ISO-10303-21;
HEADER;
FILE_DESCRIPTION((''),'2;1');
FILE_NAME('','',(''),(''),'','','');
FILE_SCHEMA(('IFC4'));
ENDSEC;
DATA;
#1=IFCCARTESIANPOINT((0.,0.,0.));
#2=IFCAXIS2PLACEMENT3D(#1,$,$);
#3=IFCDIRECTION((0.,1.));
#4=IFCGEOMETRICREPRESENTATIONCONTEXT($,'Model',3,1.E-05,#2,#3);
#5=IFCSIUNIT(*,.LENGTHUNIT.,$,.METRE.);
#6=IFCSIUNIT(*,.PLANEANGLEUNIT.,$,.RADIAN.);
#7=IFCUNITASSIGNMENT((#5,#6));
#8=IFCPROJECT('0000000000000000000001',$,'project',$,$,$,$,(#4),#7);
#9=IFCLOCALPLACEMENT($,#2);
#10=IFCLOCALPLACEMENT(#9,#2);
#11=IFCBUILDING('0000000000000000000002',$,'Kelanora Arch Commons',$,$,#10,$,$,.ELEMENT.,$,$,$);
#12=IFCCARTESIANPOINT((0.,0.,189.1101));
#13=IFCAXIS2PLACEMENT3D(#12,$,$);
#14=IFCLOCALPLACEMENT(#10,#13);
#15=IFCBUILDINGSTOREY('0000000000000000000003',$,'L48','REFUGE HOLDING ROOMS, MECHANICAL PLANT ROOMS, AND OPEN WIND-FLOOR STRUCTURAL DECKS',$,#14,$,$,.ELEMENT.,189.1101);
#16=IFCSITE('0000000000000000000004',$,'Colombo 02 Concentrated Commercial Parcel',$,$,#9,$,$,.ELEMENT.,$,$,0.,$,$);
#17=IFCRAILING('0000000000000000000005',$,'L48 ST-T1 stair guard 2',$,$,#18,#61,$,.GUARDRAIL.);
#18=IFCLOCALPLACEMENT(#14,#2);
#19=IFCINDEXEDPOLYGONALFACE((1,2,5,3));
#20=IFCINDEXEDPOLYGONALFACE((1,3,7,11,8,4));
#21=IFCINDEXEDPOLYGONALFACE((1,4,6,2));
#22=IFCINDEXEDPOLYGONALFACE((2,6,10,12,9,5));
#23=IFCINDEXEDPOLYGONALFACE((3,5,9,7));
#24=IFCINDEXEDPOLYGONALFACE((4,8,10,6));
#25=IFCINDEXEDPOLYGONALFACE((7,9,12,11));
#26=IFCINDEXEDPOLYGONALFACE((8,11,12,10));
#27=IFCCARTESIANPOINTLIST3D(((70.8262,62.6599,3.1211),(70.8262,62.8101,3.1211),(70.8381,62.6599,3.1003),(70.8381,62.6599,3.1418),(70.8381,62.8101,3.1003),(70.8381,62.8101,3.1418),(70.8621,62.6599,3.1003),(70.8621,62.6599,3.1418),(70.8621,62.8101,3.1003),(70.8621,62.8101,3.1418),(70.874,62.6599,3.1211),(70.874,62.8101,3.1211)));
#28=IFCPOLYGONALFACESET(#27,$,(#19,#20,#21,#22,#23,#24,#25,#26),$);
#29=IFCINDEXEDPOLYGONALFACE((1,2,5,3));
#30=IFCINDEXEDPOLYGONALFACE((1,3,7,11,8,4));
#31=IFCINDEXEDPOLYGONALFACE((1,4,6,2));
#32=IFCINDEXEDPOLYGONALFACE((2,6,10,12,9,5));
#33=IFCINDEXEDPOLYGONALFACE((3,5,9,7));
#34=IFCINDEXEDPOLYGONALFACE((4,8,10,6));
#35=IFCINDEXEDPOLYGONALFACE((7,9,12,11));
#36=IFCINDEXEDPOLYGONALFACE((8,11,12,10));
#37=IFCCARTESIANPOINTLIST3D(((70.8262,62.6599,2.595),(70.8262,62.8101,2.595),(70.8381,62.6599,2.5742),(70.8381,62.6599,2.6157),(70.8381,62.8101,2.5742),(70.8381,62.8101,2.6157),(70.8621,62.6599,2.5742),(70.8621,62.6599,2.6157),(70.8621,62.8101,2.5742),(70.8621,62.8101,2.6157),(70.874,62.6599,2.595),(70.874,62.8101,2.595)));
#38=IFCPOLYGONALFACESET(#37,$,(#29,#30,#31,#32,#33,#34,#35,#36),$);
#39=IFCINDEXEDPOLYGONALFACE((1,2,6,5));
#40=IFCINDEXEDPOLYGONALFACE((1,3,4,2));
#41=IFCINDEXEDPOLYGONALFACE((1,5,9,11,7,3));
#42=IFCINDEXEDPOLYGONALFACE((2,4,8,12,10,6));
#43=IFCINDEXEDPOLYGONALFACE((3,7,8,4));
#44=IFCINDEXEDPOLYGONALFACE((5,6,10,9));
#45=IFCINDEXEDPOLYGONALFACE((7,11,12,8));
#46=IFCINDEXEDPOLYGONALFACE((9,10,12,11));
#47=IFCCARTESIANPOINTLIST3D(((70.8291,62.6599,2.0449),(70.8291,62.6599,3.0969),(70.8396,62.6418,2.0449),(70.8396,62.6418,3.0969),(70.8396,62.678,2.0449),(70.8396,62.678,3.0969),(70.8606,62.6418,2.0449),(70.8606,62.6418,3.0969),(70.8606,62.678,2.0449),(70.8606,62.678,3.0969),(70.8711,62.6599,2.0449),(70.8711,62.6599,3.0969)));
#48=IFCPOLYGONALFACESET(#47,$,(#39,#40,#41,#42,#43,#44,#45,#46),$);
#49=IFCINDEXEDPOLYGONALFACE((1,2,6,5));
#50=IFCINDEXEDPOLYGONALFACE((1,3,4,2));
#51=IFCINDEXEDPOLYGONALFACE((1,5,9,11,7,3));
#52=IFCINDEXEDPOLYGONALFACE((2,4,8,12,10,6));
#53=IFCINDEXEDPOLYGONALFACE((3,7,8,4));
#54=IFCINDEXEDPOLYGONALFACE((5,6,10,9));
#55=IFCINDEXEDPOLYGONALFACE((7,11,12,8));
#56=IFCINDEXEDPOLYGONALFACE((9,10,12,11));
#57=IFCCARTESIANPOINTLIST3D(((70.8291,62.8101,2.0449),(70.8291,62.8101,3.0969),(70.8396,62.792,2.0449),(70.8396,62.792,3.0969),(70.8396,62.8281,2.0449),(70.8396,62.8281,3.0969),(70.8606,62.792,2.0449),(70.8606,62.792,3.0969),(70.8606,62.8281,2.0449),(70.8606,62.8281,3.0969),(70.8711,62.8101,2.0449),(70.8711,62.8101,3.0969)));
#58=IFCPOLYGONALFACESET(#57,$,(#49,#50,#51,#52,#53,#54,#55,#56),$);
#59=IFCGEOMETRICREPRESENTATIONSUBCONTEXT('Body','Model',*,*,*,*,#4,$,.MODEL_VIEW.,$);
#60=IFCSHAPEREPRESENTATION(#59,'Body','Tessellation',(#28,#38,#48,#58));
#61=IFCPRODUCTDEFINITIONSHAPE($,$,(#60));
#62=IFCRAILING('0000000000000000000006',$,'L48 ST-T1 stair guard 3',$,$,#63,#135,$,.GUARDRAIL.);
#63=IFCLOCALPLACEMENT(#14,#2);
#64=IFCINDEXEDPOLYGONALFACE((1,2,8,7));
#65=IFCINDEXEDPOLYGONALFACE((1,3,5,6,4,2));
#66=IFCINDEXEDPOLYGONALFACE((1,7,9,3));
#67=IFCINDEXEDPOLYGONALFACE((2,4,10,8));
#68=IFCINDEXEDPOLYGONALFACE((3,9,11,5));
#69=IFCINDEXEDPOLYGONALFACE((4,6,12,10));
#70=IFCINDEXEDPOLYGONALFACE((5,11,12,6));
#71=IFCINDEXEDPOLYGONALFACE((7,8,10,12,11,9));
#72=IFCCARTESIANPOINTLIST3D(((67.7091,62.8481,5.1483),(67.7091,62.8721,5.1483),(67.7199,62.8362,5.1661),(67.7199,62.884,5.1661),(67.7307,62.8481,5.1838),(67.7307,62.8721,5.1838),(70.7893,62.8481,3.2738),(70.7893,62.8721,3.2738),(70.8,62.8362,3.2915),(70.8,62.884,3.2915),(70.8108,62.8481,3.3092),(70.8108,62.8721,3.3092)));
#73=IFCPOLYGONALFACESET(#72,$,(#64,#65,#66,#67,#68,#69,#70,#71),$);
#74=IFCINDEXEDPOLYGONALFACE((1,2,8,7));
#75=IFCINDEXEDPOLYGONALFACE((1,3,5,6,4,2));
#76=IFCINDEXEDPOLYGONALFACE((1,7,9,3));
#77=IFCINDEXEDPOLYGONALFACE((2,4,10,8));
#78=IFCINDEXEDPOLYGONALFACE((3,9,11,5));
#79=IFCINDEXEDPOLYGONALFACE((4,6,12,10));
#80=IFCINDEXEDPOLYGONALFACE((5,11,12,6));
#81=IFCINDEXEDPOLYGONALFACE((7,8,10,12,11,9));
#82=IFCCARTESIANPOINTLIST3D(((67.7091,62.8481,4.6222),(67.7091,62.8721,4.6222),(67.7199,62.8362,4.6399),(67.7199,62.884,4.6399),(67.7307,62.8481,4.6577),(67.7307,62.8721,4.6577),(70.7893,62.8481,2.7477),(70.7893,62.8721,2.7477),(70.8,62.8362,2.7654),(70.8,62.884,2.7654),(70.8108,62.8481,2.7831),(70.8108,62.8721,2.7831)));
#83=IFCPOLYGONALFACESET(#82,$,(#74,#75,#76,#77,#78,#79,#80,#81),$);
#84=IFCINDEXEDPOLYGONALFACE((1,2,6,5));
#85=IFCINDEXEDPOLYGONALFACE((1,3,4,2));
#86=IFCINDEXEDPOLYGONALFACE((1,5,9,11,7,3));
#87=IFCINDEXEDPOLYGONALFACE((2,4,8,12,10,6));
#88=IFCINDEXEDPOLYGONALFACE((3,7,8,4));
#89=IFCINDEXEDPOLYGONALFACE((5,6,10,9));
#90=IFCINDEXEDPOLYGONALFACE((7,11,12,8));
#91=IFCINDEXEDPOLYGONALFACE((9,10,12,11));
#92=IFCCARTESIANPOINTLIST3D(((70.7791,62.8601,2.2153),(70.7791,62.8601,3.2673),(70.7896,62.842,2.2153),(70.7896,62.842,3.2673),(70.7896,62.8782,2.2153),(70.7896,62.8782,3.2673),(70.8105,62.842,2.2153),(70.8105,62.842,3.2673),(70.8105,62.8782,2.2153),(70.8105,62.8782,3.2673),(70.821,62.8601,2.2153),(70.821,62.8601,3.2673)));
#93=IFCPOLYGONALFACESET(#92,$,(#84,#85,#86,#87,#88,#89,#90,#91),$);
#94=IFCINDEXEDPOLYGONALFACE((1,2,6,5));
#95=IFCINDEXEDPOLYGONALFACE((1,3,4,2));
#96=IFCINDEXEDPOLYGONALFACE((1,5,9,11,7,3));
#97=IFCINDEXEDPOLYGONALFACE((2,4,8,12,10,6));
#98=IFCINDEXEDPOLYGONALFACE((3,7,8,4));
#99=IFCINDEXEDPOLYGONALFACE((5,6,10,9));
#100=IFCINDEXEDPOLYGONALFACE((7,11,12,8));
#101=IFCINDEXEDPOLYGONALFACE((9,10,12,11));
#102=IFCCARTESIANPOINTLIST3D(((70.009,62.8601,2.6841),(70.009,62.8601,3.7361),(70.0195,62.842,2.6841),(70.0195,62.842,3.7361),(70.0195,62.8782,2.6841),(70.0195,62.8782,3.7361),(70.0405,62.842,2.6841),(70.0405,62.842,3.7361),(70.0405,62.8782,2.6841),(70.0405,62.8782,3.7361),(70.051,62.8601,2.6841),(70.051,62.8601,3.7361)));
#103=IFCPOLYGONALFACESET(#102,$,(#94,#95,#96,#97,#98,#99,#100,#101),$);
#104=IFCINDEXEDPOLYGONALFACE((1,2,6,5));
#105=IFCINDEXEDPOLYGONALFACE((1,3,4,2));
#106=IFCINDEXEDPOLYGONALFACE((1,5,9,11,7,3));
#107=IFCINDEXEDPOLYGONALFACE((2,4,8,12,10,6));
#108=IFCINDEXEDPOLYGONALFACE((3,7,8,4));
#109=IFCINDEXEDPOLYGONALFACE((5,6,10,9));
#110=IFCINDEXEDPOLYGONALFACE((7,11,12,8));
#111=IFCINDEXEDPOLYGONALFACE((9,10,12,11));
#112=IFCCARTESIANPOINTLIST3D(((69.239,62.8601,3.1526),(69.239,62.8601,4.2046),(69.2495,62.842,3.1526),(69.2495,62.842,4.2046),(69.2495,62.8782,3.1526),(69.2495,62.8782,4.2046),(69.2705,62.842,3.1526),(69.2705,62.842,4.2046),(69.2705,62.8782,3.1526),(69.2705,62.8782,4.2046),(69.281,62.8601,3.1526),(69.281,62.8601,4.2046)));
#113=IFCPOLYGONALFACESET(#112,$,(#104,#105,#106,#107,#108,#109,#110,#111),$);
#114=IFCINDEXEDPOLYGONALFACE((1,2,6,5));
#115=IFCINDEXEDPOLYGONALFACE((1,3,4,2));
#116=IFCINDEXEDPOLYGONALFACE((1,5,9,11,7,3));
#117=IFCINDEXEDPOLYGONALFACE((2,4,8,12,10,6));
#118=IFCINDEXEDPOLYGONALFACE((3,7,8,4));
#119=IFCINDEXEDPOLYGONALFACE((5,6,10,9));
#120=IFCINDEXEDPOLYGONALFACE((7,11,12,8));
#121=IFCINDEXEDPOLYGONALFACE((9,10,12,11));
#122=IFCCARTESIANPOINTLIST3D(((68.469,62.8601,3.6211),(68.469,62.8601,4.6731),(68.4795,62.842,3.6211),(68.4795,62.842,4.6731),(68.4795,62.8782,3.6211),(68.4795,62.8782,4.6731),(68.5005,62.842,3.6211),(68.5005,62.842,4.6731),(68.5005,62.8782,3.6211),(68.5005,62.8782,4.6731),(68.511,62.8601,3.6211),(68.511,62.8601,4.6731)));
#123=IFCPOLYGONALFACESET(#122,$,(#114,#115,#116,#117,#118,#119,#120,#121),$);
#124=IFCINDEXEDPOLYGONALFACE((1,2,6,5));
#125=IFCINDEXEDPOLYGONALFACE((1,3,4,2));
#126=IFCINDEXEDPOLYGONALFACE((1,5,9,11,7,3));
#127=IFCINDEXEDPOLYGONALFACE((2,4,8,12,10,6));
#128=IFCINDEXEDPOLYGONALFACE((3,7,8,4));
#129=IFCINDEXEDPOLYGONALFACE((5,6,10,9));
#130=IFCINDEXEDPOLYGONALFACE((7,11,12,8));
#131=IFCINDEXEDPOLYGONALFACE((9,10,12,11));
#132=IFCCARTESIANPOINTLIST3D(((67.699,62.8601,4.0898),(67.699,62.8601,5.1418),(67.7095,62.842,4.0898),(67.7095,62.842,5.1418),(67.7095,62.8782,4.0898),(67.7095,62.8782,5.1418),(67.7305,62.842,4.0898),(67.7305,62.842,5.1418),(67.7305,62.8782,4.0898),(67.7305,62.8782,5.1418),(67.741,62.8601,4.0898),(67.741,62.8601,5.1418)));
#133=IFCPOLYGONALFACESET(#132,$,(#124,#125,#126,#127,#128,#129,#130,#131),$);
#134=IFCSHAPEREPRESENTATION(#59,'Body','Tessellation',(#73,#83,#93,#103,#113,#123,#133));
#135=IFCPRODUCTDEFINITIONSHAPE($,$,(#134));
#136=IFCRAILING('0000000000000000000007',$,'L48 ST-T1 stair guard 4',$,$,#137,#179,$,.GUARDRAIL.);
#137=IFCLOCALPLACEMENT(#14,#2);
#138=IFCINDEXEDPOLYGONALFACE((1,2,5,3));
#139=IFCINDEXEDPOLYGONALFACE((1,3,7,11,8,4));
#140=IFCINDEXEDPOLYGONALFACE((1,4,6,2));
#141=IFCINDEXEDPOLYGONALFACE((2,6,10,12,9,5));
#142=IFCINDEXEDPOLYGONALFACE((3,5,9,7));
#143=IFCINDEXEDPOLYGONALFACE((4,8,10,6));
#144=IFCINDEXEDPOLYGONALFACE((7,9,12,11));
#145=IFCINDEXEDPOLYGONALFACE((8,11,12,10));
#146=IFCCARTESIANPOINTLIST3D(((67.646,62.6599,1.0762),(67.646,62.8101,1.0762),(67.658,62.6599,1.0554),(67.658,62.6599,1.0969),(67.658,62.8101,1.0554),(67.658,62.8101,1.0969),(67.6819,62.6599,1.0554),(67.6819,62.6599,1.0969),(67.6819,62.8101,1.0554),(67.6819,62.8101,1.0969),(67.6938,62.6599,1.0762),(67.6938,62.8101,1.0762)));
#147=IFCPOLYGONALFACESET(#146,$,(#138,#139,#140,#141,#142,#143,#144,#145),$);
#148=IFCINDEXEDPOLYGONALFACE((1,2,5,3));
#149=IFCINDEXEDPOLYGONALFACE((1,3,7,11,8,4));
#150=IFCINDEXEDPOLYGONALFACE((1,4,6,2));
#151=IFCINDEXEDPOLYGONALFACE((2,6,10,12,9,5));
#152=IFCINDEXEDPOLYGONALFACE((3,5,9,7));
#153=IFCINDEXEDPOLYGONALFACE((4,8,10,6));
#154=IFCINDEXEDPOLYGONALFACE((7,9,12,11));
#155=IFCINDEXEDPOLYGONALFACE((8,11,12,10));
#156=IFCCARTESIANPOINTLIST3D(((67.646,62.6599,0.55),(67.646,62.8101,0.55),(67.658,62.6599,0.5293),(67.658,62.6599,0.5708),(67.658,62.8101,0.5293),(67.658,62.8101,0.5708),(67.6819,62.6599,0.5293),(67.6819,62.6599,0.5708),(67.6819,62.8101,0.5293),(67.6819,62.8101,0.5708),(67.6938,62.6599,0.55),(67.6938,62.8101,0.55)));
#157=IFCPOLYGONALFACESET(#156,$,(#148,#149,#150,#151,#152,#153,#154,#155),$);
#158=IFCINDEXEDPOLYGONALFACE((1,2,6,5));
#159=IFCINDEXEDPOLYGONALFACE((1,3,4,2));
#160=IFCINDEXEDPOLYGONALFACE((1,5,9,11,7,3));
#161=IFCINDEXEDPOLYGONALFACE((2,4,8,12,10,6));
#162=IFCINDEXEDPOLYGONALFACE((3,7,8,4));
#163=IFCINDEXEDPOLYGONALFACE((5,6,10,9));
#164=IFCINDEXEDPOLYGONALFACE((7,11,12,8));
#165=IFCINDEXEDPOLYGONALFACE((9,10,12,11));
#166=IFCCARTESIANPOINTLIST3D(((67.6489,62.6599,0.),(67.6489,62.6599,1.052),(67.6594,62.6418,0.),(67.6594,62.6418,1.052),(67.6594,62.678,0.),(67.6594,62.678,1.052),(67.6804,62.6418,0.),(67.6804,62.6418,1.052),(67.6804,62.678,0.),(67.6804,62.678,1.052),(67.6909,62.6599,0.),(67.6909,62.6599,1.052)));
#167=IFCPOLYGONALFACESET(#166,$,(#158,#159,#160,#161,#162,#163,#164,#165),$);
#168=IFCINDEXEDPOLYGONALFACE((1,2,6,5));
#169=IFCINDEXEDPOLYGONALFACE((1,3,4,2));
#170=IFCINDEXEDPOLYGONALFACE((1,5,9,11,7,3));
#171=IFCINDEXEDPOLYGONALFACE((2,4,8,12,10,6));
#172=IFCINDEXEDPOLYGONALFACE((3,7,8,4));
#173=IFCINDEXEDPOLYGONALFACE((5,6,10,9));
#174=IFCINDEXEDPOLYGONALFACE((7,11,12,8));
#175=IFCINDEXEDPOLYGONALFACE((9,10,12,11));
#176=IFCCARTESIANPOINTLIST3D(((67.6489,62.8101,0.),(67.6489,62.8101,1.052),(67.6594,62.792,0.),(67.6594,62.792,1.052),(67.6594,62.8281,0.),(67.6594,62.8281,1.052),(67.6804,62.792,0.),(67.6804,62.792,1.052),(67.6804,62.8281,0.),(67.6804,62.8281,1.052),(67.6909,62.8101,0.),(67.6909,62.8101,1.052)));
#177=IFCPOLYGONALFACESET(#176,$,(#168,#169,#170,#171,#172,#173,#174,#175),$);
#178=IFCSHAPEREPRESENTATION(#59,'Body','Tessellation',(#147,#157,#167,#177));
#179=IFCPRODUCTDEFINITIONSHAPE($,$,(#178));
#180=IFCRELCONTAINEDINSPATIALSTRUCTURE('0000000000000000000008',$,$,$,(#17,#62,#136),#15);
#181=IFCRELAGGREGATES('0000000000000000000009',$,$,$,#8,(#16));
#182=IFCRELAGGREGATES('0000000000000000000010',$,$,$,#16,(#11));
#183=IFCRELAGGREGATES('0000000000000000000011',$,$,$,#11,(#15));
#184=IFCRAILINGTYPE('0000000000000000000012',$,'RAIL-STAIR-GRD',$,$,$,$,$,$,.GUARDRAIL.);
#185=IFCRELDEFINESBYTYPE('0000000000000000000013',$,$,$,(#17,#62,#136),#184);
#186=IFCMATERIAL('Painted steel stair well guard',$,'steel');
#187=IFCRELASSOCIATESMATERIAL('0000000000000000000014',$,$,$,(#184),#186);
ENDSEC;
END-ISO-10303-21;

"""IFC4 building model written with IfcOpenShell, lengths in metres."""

from ifc_helpers import new_model, si_unit, direction, frame, origin, place, context, subcontext, project, spatial, polyline, outline, extrude, material, type_object, element, save


model = new_model("IFC4")

# Units and contexts
model_context = context("Model", 3, precision=1e-05, world=origin(), true_north=direction((0.0, 1.0)))
body_context = subcontext(model_context, "Body", "Model", "MODEL_VIEW")
ifc_project = project(units=[si_unit("LENGTHUNIT", "METRE"), si_unit("PLANEANGLEUNIT", "RADIAN")], contexts=[model_context])

# Site, building, storey
site_placement = place(None, origin())
site = spatial("IfcSite", under=ifc_project, at=site_placement, Name="Colombo 02 Concentrated Commercial Parcel", CompositionType="ELEMENT", RefElevation=0.0)
building_placement = place(site_placement, origin())
building = spatial("IfcBuilding", under=site, at=building_placement, Name="Kelanora Arch Commons", CompositionType="ELEMENT")
storey_placement = place(building_placement, frame((0.0, 0.0, 189.1101)))
storey = spatial("IfcBuildingStorey", under=building, at=storey_placement, Name="L48", Description="REFUGE HOLDING ROOMS, MECHANICAL PLANT ROOMS, AND OPEN WIND-FLOOR STRUCTURAL DECKS", CompositionType="ELEMENT", Elevation=189.1101)

# Railings
ifc_material_1 = material(Name="Painted steel stair well guard", Category="steel")
railing_type_1 = type_object("IfcRailingType", Name="RAIL-STAIR-GRD", PredefinedType="GUARDRAIL", material=ifc_material_1)
railing_1_placement = place(storey_placement, frame((70.8501, 62.6599, 2.0449)))
element("IfcRailing", 1, at=railing_1_placement, inside=storey, type_object=railing_type_1, Name="L48 ST-T1 stair guard 2", PredefinedType="GUARDRAIL", context=body_context, shape_type="SweptSolid", body=[
    extrude(outline(polyline([(0.0239, 0.0), (0.012, 0.0208), (-0.012, 0.0208), (-0.0239, 0.0), (-0.012, -0.0208), (0.012, -0.0208), (0.0239, 0.0)])), frame((0.0, 0.0, 1.0762), z_axis=(0.0, 1.0, 0.0), x_axis=(-1.0, 0.0, 0.0)), (0.0, 0.0, 1.0), 0.1501),
    extrude(outline(polyline([(0.0239, 0.0), (0.012, 0.0208), (-0.012, 0.0208), (-0.0239, 0.0), (-0.012, -0.0208), (0.012, -0.0208), (0.0239, 0.0)])), frame((0.0, 0.0, 0.55), z_axis=(0.0, 1.0, 0.0), x_axis=(-1.0, 0.0, 0.0)), (0.0, 0.0, 1.0), 0.1501),
    extrude(outline(polyline([(0.021, 0.0), (0.0105, 0.0181), (-0.0105, 0.0181), (-0.021, 0.0), (-0.0105, -0.0181), (0.0105, -0.0181), (0.021, 0.0)])), origin(), (0.0, 0.0, 1.0), 1.052),
    extrude(outline(polyline([(0.021, 0.0), (0.0105, 0.0181), (-0.0105, 0.0181), (-0.021, 0.0), (-0.0105, -0.0181), (0.0105, -0.0181), (0.021, 0.0)])), frame((0.0, 0.1501, 0.0)), (0.0, 0.0, 1.0), 1.052),
])
railing_2_placement = place(storey_placement, frame((70.8, 62.8601, 2.2153)))
element("IfcRailing", 2, at=railing_2_placement, inside=storey, type_object=railing_type_1, Name="L48 ST-T1 stair guard 3", PredefinedType="GUARDRAIL", context=body_context, shape_type="SweptSolid", body=[
    extrude(outline(polyline([(0.0239, 0.0), (0.012, 0.0208), (-0.012, 0.0208), (-0.0239, 0.0), (-0.012, -0.0208), (0.012, -0.0208), (0.0239, 0.0)])), frame((0.0, 0.0, 1.0762), z_axis=(-0.854238, 0.0, 0.519883), x_axis=(0.0, -1.0, 0.0)), (0.0, 0.0, 1.0), 3.6057),
    extrude(outline(polyline([(0.0239, 0.0), (0.012, 0.0208), (-0.012, 0.0208), (-0.0239, 0.0), (-0.012, -0.0208), (0.012, -0.0208), (0.0239, 0.0)])), frame((0.0, 0.0, 0.55), z_axis=(-0.854238, 0.0, 0.519883), x_axis=(0.0, -1.0, 0.0)), (0.0, 0.0, 1.0), 3.6057),
    extrude(outline(polyline([(0.021, 0.0), (0.0105, 0.0181), (-0.0105, 0.0181), (-0.021, 0.0), (-0.0105, -0.0181), (0.0105, -0.0181), (0.021, 0.0)])), origin(), (0.0, 0.0, 1.0), 1.052),
    extrude(outline(polyline([(0.021, 0.0), (0.0105, 0.0181), (-0.0105, 0.0181), (-0.021, 0.0), (-0.0105, -0.0181), (0.0105, -0.0181), (0.021, 0.0)])), frame((-0.77, 0.0, 0.4688)), (0.0, 0.0, 1.0), 1.052),
    extrude(outline(polyline([(0.021, 0.0), (0.0105, 0.0181), (-0.0105, 0.0181), (-0.021, 0.0), (-0.0105, -0.0181), (0.0105, -0.0181), (0.021, 0.0)])), frame((-1.54, 0.0, 0.9373)), (0.0, 0.0, 1.0), 1.052),
    extrude(outline(polyline([(0.021, 0.0), (0.0105, 0.0181), (-0.0105, 0.0181), (-0.021, 0.0), (-0.0105, -0.0181), (0.0105, -0.0181), (0.021, 0.0)])), frame((-2.3101, 0.0, 1.4058)), (0.0, 0.0, 1.0), 1.052),
    extrude(outline(polyline([(0.021, 0.0), (0.0105, 0.0181), (-0.0105, 0.0181), (-0.021, 0.0), (-0.0105, -0.0181), (0.0105, -0.0181), (0.021, 0.0)])), frame((-3.0801, 0.0, 1.8745)), (0.0, 0.0, 1.0), 1.052),
])
railing_3_placement = place(storey_placement, frame((67.6699, 62.6599, 0.0)))
element("IfcRailing", 3, at=railing_3_placement, inside=storey, type_object=railing_type_1, Name="L48 ST-T1 stair guard 4", PredefinedType="GUARDRAIL", context=body_context, shape_type="SweptSolid", body=[
    extrude(outline(polyline([(0.0239, 0.0), (0.012, 0.0208), (-0.012, 0.0208), (-0.0239, 0.0), (-0.012, -0.0208), (0.012, -0.0208), (0.0239, 0.0)])), frame((0.0, 0.0, 1.0762), z_axis=(0.0, 1.0, 0.0), x_axis=(-1.0, 0.0, 0.0)), (0.0, 0.0, 1.0), 0.1501),
    extrude(outline(polyline([(0.0239, 0.0), (0.012, 0.0208), (-0.012, 0.0208), (-0.0239, 0.0), (-0.012, -0.0208), (0.012, -0.0208), (0.0239, 0.0)])), frame((0.0, 0.0, 0.55), z_axis=(0.0, 1.0, 0.0), x_axis=(-1.0, 0.0, 0.0)), (0.0, 0.0, 1.0), 0.1501),
    extrude(outline(polyline([(0.021, 0.0), (0.0105, 0.0181), (-0.0105, 0.0181), (-0.021, 0.0), (-0.0105, -0.0181), (0.0105, -0.0181), (0.021, 0.0)])), origin(), (0.0, 0.0, 1.0), 1.052),
    extrude(outline(polyline([(0.021, 0.0), (0.0105, 0.0181), (-0.0105, 0.0181), (-0.021, 0.0), (-0.0105, -0.0181), (0.0105, -0.0181), (0.021, 0.0)])), frame((0.0, 0.1501, 0.0)), (0.0, 0.0, 1.0), 1.052),
])

save(model, "model.ifc")
